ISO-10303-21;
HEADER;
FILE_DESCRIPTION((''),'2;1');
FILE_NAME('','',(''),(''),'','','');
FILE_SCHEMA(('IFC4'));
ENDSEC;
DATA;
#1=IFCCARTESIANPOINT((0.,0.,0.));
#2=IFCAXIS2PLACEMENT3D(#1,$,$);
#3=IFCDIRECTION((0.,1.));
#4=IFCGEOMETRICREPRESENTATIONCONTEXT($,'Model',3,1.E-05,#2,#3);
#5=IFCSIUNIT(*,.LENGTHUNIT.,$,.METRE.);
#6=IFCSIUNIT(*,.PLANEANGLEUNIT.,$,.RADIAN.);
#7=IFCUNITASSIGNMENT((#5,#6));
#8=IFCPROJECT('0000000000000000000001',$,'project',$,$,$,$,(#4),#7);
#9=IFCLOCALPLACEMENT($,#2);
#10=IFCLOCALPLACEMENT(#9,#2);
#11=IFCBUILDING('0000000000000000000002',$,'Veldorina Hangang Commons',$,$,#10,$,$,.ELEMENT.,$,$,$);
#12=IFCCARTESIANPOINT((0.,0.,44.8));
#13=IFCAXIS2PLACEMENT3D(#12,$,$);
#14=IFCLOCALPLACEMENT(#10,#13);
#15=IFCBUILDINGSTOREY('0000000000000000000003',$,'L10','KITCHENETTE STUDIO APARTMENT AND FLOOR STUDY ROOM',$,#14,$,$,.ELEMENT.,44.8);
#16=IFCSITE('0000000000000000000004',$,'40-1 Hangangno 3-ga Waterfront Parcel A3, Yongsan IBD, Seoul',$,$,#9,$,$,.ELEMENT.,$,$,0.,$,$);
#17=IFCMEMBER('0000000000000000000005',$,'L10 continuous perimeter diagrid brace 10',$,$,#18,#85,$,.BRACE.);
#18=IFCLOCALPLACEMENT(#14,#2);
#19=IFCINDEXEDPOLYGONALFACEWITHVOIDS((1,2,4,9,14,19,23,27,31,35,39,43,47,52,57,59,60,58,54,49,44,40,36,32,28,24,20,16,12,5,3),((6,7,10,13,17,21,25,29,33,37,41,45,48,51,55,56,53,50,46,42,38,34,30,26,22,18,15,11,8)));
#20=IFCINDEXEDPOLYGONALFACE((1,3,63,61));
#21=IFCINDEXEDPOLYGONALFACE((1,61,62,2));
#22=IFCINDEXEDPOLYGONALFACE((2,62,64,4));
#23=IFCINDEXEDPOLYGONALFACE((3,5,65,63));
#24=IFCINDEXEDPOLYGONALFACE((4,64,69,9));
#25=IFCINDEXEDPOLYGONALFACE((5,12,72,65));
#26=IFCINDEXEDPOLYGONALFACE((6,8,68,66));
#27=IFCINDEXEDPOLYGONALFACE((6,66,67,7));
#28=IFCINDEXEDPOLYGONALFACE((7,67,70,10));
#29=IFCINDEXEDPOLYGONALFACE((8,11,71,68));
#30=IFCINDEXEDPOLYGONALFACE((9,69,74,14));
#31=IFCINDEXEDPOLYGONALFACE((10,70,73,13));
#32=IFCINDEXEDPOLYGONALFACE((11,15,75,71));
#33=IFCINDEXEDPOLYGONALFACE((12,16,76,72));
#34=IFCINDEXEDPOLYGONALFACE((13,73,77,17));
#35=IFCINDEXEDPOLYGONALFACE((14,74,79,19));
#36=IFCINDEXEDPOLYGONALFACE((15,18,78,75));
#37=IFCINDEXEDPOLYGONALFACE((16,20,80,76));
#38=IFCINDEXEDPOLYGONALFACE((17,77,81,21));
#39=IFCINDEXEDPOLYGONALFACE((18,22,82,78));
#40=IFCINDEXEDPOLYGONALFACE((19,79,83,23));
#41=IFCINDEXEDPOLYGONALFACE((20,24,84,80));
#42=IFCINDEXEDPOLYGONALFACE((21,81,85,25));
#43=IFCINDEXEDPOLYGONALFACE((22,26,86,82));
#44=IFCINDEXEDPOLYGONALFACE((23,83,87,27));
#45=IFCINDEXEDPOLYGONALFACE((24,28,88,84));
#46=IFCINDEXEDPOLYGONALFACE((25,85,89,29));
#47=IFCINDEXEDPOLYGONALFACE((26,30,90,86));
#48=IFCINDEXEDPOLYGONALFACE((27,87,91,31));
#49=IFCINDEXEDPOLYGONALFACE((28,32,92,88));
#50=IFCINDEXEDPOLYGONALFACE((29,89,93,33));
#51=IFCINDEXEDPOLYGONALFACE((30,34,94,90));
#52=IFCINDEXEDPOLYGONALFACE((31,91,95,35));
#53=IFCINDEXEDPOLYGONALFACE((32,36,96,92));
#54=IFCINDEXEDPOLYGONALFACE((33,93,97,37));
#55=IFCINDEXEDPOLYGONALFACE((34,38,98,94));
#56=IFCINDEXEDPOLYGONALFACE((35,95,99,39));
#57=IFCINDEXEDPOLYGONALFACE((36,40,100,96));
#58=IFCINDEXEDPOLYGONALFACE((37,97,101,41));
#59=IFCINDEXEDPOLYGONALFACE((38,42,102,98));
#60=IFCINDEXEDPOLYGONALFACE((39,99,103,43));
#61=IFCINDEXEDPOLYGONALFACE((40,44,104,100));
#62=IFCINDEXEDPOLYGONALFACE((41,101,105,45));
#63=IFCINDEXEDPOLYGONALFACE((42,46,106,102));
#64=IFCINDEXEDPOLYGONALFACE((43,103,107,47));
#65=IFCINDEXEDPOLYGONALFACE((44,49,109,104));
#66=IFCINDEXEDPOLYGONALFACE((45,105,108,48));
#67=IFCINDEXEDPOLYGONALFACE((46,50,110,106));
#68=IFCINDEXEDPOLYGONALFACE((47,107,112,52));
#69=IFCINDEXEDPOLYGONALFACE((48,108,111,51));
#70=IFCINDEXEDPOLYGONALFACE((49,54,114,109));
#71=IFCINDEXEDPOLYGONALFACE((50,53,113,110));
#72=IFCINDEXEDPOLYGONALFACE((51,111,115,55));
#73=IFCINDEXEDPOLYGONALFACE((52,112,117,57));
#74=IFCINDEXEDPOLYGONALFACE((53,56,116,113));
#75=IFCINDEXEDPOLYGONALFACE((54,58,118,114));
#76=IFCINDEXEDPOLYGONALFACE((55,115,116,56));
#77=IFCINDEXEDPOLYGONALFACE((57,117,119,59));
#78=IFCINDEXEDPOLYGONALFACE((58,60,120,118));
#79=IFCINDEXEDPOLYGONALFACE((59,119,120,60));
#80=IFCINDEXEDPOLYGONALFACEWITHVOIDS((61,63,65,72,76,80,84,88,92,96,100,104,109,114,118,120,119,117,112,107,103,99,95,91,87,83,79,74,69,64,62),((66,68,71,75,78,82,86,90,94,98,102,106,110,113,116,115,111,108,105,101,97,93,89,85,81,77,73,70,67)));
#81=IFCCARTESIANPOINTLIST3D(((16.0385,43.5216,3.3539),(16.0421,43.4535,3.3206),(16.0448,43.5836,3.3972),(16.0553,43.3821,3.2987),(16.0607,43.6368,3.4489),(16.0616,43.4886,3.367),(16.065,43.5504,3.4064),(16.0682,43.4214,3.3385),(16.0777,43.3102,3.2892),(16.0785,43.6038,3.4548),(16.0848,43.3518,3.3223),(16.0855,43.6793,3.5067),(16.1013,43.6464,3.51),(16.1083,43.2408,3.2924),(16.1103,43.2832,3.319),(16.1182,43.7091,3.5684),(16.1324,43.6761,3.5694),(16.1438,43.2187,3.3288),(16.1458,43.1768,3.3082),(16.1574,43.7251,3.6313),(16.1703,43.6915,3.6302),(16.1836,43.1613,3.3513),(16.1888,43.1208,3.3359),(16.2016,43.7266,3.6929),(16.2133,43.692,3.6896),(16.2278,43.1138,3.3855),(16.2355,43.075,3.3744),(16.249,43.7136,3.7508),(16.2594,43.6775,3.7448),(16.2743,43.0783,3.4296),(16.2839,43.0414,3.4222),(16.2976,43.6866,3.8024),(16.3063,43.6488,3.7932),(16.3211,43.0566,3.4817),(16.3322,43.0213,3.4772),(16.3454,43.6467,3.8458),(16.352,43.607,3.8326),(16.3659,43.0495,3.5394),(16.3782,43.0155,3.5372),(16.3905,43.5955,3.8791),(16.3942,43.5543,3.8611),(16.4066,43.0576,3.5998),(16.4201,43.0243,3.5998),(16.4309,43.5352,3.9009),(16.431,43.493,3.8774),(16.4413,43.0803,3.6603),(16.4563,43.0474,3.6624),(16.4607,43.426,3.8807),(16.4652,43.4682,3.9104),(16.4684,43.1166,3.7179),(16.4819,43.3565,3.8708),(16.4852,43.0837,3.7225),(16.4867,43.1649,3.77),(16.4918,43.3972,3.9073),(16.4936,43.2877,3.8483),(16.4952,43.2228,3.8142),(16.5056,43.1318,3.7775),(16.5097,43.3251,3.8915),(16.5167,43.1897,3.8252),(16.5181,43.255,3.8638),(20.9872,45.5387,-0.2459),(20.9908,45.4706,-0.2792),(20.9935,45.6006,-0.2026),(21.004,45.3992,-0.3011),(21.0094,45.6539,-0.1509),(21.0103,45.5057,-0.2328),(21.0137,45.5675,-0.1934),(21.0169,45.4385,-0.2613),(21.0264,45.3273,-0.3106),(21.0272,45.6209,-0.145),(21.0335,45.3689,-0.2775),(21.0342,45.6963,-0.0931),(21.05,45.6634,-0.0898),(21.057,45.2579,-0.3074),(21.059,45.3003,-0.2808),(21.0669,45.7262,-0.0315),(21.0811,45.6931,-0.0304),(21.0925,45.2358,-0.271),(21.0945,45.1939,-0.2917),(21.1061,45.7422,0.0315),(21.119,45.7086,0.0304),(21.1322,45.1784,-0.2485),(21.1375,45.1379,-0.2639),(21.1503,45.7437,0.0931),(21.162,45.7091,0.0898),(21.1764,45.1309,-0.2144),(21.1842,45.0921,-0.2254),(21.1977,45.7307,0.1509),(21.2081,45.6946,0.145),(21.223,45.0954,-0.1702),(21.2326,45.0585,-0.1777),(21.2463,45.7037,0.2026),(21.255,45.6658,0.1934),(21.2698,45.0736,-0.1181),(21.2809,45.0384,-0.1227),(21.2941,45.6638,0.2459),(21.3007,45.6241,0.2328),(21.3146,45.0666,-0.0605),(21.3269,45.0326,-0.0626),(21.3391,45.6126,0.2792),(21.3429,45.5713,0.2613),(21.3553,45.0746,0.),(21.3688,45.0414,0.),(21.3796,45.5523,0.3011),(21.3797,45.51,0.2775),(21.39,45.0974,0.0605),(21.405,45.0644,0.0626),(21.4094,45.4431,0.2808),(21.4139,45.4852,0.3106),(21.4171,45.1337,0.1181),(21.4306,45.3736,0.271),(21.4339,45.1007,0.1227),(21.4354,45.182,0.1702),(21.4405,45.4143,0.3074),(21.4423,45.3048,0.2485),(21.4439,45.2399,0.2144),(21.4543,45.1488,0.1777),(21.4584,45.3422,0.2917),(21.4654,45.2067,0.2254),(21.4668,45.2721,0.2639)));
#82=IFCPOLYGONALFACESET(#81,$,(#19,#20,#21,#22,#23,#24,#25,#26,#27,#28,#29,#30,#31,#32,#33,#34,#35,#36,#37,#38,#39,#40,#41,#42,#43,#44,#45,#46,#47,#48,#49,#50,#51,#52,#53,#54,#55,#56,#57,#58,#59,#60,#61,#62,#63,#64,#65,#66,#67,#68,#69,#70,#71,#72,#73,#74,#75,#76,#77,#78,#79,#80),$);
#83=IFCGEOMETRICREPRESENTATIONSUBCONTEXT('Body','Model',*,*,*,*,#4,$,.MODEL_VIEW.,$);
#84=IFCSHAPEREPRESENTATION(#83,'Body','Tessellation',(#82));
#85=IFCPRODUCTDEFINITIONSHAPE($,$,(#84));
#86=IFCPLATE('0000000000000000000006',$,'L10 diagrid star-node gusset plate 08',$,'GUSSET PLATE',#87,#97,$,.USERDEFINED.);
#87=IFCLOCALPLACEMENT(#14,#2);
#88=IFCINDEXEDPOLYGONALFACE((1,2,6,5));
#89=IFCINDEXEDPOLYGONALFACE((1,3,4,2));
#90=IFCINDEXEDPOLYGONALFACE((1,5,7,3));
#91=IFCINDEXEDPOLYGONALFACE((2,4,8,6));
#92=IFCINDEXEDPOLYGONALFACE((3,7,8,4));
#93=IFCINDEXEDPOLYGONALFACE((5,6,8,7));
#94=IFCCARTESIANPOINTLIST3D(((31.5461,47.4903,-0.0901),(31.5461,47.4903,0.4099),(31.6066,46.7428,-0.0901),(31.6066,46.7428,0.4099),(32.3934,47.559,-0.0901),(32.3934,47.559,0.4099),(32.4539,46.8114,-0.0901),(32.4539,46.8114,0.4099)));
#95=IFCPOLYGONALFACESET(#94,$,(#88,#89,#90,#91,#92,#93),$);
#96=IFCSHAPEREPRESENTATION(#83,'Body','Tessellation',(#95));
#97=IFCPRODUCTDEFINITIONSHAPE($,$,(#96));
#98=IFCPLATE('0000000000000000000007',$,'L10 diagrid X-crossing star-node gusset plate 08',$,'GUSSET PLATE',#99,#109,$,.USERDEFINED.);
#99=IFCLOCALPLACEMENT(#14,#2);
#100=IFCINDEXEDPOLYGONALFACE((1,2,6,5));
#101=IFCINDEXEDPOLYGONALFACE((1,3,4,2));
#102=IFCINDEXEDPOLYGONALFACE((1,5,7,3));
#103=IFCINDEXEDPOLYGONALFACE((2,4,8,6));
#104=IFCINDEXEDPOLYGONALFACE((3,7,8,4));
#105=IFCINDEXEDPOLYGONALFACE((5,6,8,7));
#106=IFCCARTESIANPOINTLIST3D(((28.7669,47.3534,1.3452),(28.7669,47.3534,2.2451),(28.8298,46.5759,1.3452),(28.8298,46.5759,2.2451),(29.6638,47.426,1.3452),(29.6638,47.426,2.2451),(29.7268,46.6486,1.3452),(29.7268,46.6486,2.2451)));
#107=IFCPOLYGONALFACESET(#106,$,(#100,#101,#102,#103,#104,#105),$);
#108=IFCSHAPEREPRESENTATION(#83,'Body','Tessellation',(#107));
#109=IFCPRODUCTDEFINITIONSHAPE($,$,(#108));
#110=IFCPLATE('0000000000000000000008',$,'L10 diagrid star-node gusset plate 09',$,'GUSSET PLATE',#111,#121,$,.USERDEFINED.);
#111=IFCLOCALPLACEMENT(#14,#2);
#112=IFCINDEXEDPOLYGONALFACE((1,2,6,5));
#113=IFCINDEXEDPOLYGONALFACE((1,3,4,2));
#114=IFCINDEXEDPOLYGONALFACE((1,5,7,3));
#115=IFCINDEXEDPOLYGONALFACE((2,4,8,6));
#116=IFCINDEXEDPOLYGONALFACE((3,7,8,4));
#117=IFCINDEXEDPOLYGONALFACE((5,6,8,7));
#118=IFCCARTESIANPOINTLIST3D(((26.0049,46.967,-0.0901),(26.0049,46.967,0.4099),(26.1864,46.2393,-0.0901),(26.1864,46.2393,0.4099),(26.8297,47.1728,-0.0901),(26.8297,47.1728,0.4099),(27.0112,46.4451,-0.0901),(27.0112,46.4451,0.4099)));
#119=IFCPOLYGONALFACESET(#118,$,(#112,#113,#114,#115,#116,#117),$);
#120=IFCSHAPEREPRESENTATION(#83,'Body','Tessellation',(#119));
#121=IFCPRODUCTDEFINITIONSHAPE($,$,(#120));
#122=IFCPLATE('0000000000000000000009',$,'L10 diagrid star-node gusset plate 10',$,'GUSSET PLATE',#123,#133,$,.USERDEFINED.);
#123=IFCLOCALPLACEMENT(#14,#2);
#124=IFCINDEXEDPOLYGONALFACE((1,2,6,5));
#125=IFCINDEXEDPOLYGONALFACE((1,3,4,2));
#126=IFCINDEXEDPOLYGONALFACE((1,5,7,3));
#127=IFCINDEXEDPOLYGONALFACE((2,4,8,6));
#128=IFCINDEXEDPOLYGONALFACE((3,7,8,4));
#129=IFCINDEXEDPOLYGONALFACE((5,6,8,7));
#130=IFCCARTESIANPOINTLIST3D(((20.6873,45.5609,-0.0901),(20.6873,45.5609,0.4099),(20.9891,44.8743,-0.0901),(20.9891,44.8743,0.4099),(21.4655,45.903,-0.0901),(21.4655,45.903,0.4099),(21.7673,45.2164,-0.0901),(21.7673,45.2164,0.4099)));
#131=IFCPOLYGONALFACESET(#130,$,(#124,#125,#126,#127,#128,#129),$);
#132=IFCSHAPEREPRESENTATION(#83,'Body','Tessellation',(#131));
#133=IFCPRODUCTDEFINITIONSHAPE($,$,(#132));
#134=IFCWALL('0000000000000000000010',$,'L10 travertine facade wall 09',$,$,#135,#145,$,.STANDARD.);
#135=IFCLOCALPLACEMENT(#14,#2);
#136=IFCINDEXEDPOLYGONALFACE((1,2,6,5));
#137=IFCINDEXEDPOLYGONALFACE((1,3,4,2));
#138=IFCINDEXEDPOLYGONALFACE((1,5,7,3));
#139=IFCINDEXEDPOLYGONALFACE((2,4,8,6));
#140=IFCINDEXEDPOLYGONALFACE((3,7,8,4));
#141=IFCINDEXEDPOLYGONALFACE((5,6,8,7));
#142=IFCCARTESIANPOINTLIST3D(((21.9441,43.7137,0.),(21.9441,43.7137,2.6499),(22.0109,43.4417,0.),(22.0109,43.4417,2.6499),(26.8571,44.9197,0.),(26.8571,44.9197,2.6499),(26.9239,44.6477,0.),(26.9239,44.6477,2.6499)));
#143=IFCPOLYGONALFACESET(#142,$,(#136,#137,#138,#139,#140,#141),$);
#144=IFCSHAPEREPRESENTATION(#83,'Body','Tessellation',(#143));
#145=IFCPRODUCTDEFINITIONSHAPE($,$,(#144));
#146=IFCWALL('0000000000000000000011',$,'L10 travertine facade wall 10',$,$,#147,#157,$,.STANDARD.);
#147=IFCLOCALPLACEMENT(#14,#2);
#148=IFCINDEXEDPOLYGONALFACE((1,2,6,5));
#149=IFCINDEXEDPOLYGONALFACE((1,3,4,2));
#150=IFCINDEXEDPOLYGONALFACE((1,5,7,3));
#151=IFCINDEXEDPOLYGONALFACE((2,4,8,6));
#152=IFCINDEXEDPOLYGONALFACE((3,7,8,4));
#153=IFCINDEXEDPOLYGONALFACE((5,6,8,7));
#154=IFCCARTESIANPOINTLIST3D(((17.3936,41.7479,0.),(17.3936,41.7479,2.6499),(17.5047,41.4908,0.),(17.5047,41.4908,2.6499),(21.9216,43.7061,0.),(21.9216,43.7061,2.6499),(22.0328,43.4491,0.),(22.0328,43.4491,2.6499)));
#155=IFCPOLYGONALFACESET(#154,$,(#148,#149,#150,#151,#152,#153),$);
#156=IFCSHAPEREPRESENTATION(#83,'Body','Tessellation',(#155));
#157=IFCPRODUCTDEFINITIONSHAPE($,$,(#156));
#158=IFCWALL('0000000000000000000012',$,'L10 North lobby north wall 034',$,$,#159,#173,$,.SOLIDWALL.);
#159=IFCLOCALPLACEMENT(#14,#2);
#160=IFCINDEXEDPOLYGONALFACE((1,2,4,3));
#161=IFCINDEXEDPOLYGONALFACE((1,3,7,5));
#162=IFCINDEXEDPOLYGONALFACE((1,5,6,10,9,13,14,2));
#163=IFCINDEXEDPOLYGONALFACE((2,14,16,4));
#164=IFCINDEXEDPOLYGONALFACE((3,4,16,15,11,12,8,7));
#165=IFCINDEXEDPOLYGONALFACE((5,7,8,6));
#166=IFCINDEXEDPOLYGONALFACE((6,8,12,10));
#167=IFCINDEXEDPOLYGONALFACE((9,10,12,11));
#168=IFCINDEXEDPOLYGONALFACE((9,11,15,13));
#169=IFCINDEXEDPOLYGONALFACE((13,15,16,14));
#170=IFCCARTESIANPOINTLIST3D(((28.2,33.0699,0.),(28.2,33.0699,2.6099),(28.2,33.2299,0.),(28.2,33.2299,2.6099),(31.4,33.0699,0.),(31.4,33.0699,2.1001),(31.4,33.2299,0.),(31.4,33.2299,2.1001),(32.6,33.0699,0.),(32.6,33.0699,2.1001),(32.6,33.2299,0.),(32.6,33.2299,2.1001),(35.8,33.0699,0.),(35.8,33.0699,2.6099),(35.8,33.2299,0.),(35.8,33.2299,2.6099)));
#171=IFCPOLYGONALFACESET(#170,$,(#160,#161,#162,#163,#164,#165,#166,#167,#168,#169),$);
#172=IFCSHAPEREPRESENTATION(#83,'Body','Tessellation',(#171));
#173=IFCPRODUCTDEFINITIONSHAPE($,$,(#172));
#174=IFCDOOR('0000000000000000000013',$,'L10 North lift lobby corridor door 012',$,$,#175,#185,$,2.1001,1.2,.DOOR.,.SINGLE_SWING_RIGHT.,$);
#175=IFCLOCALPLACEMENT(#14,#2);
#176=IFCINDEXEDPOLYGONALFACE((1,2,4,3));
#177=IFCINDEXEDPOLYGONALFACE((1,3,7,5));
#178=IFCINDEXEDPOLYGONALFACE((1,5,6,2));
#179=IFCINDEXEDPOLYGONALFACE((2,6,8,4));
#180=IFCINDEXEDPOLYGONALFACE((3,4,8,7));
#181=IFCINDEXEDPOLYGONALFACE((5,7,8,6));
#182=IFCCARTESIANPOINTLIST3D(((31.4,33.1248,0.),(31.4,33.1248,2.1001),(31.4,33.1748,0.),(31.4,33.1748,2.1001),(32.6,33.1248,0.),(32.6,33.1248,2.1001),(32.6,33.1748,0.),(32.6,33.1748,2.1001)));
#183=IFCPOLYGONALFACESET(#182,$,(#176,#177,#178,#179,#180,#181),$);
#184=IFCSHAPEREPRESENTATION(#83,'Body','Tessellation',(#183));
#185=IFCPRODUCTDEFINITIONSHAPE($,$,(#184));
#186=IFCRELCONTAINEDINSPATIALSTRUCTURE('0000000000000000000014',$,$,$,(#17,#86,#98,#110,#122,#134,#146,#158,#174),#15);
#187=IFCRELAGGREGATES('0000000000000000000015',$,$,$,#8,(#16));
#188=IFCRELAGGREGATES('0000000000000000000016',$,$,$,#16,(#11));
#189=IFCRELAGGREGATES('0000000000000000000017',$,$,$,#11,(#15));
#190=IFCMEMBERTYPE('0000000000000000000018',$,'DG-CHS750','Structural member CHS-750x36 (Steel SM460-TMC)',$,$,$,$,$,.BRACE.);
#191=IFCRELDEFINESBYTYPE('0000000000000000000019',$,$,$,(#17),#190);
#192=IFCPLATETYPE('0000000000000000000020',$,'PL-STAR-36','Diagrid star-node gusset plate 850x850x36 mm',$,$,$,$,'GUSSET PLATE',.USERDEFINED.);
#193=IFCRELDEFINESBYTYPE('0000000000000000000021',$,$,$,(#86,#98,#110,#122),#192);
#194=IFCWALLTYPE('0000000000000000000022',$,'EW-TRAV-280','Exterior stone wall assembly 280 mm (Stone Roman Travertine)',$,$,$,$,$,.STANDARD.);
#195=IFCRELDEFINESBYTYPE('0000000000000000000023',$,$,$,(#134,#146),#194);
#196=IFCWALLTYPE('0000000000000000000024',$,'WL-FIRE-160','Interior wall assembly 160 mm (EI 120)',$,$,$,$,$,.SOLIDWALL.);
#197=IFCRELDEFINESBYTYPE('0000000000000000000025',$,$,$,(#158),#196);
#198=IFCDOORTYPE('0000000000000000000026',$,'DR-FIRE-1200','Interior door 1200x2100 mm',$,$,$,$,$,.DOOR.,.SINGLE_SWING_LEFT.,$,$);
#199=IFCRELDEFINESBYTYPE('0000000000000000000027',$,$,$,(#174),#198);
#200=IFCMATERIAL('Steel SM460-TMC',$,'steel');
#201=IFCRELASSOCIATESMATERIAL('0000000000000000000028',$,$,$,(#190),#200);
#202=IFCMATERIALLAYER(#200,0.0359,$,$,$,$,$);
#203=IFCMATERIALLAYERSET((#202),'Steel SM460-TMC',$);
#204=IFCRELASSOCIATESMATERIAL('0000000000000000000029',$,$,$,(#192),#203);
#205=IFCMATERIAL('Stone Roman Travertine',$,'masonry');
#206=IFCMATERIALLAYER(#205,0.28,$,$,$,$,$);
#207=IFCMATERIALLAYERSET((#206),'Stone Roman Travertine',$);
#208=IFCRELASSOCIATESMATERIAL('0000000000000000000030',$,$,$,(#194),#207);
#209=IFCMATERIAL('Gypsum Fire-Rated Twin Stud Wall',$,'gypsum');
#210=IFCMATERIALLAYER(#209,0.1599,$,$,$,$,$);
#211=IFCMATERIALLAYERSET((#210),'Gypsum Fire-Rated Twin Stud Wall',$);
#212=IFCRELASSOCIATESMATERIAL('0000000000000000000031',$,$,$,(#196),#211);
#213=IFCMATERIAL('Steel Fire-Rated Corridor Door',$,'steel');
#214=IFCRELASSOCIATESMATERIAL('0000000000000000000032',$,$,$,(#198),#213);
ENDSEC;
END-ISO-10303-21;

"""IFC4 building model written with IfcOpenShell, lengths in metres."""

from ifc_helpers import new_model, si_unit, direction, frame, frame_2d, origin, origin_2d, place, context, subcontext, project, spatial, rectangle, hollow_circle, extrude, material, layer, layer_set, material_profile, profile_set, type_object, element, fill, save


model = new_model("IFC4")

# Units and contexts
model_context = context("Model", 3, precision=1e-05, world=origin(), true_north=direction((0.0, 1.0)))
body_context = subcontext(model_context, "Body", "Model", "MODEL_VIEW")
ifc_project = project(units=[si_unit("LENGTHUNIT", "METRE"), si_unit("PLANEANGLEUNIT", "RADIAN")], contexts=[model_context])

# Site, building, storey
site_placement = place(None, origin())
site = spatial("IfcSite", under=ifc_project, at=site_placement, Name="40-1 Hangangno 3-ga Waterfront Parcel A3, Yongsan IBD, Seoul", CompositionType="ELEMENT", RefElevation=0.0)
building_placement = place(site_placement, origin())
building = spatial("IfcBuilding", under=site, at=building_placement, Name="Veldorina Hangang Commons", CompositionType="ELEMENT")
storey_placement = place(building_placement, frame((0.0, 0.0, 44.8)))
storey = spatial("IfcBuildingStorey", under=building, at=storey_placement, Name="L10", Description="KITCHENETTE STUDIO APARTMENT AND FLOOR STUDY ROOM", CompositionType="ELEMENT", Elevation=44.8)

# Shared definitions
ifc_material_1 = material(Name="Steel SM460-TMC", Category="steel")

# Member
ifc_material_profile_1 = material_profile(ifc_material_1, hollow_circle(Radius=0.375, WallThickness=0.0359, at=origin_2d()), Name="CHS-750x36")
ifc_profile_set_1 = profile_set([ifc_material_profile_1], Name="Steel SM460-TMC")
member_type = type_object("IfcMemberType", Name="DG-CHS750", Description="Structural member CHS-750x36 (Steel SM460-TMC)", PredefinedType="BRACE", material=ifc_profile_set_1)
member_1_placement = place(storey_placement, frame((21.2273, 45.3887, 0.0), z_axis=(-0.76803, -0.313047, 0.558688), x_axis=(0.377448, -0.926031, 0.0)))
element("IfcMember", 1, at=member_1_placement, inside=storey, type_object=member_type, Name="L10 continuous perimeter diagrid brace 10", PredefinedType="BRACE", context=body_context, shape_type="SweptSolid", body=[
    extrude(hollow_circle(Radius=0.375, WallThickness=0.0359, at=origin_2d()), origin(), (0.0, 0.0, 1.0), 6.4434),
])

# Plates
ifc_layer_1 = layer(ifc_material_1, 0.0359)
ifc_layer_set_1 = layer_set([ifc_layer_1], Name="Steel SM460-TMC")
plate_type = type_object("IfcPlateType", Name="PL-STAR-36", Description="Diagrid star-node gusset plate 850x850x36 mm", ElementType="GUSSET PLATE", PredefinedType="USERDEFINED", material=ifc_layer_set_1)
plate_1_placement = place(storey_placement, frame((32.0, 47.1509, -0.0901), z_axis=(0.0, 0.0, 1.0), x_axis=(-0.996737, -0.080721, 0.0)))
element("IfcPlate", 2, at=plate_1_placement, inside=storey, type_object=plate_type, Name="L10 diagrid star-node gusset plate 08", ObjectType="GUSSET PLATE", PredefinedType="USERDEFINED", context=body_context, shape_type="SweptSolid", body=[
    extrude(rectangle(XDim=0.8501, YDim=0.75, at=origin_2d()), origin(), (0.0, 0.0, 1.0), 0.5),
])
plate_2_placement = place(storey_placement, frame((29.2468, 47.001, 1.3452), z_axis=(0.0, 0.0, 1.0), x_axis=(-0.996737, -0.080721, 0.0)))
element("IfcPlate", 3, at=plate_2_placement, inside=storey, type_object=plate_type, Name="L10 diagrid X-crossing star-node gusset plate 08", ObjectType="GUSSET PLATE", PredefinedType="USERDEFINED", context=body_context, shape_type="SweptSolid", body=[
    extrude(rectangle(XDim=0.8999, YDim=0.78, at=origin_2d()), origin(), (0.0, 0.0, 1.0), 0.8999),
])
for number, where, z_axis, x_axis, name in (
    (4, (26.5081, 46.7061, -0.0901), (0.0, 0.0, 1.0), (-0.970266, -0.24204, 0.0), "L10 diagrid star-node gusset plate 09"),
    (5, (21.2273, 45.3887, -0.0901), (0.0, 0.0, 1.0), (-0.915459, -0.402411, 0.0), "L10 diagrid star-node gusset plate 10"),
):
    element("IfcPlate", number, at=place(storey_placement, frame(where, z_axis=z_axis, x_axis=x_axis)), inside=storey, type_object=plate_type, Name=name, ObjectType="GUSSET PLATE", PredefinedType="USERDEFINED", context=body_context, shape_type="SweptSolid", body=[
        extrude(rectangle(XDim=0.8501, YDim=0.75, at=origin_2d()), origin(), (0.0, 0.0, 1.0), 0.5),
    ])

# Walls
ifc_material_2 = material(Name="Stone Roman Travertine", Category="masonry")
ifc_layer_2 = layer(ifc_material_2, 0.28)
ifc_layer_set_2 = layer_set([ifc_layer_2], Name="Stone Roman Travertine")
wall_type_1 = type_object("IfcWallType", Name="EW-TRAV-280", Description="Exterior stone wall assembly 280 mm (Stone Roman Travertine)", PredefinedType="STANDARD", material=ifc_layer_set_2)
wall_1_placement = place(storey_placement, frame((26.8904, 44.7837, 0.0), z_axis=(0.0, 0.0, 1.0), x_axis=(-0.971167, -0.2384, 0.0)))
element("IfcWall", 6, at=wall_1_placement, inside=storey, type_object=wall_type_1, Name="L10 travertine facade wall 09", PredefinedType="STANDARD", context=body_context, shape_type="SweptSolid", body=[
    extrude(rectangle(XDim=5.0588, YDim=0.28, at=frame_2d((2.5293, 0.0))), origin(), (0.0, 0.0, 1.0), 2.6499),
])
wall_2_placement = place(storey_placement, frame((21.9773, 43.5776, 0.0), z_axis=(0.0, 0.0, 1.0), x_axis=(-0.917845, -0.396939, 0.0)))
element("IfcWall", 7, at=wall_2_placement, inside=storey, type_object=wall_type_1, Name="L10 travertine facade wall 10", PredefinedType="STANDARD", context=body_context, shape_type="SweptSolid", body=[
    extrude(rectangle(XDim=4.9333, YDim=0.28, at=frame_2d((2.4668, 0.0))), origin(), (0.0, 0.0, 1.0), 2.6499),
])

# Wall, opening, door
ifc_material_3 = material(Name="Gypsum Fire-Rated Twin Stud Wall", Category="gypsum")
ifc_layer_3 = layer(ifc_material_3, 0.1599)
ifc_layer_set_3 = layer_set([ifc_layer_3], Name="Gypsum Fire-Rated Twin Stud Wall")
wall_type_2 = type_object("IfcWallType", Name="WL-FIRE-160", Description="Interior wall assembly 160 mm (EI 120)", PredefinedType="SOLIDWALL", material=ifc_layer_set_3)
wall_3_placement = place(storey_placement, frame((28.2, 33.1499, 0.0), z_axis=(0.0, 0.0, 1.0), x_axis=(1.0, 0.0, 0.0)))
wall_3 = element("IfcWall", 8, at=wall_3_placement, inside=storey, type_object=wall_type_2, Name="L10 North lobby north wall 034", PredefinedType="SOLIDWALL", context=body_context, shape_type="SweptSolid", body=[
    extrude(rectangle(XDim=7.6001, YDim=0.1599, at=frame_2d((3.8, 0.0))), origin(), (0.0, 0.0, 1.0), 2.6099),
])
opening_1_placement = place(wall_3_placement, frame((3.2, 0.0, 0.0)))
opening_1 = element("IfcOpeningElement", 9, at=opening_1_placement, cuts=wall_3, PredefinedType="OPENING", context=body_context, shape_type="SweptSolid", body=[
    extrude(rectangle(XDim=1.2, YDim=2.1001, at=frame_2d((0.6001, 1.05))), frame((0.0, 0.0898, 0.0), z_axis=(0.0, -1.0, 0.0), x_axis=(1.0, 0.0, 0.0)), (0.0, 0.0, 1.0), 0.1799),
])
ifc_material_4 = material(Name="Steel Fire-Rated Corridor Door", Category="steel")
door_type_1 = type_object("IfcDoorType", Name="DR-FIRE-1200", Description="Interior door 1200x2100 mm", OperationType="SINGLE_SWING_LEFT", PredefinedType="DOOR", material=ifc_material_4)
door_1_placement = place(opening_1_placement, origin())
door_1 = element("IfcDoor", 10, at=door_1_placement, inside=storey, type_object=door_type_1, Name="L10 North lift lobby corridor door 012", OperationType="SINGLE_SWING_RIGHT", OverallHeight=2.1001, OverallWidth=1.2, PredefinedType="DOOR", context=body_context, shape_type="SweptSolid", body=[
    extrude(rectangle(XDim=1.2, YDim=2.1001, at=frame_2d((0.6001, 1.05))), frame((0.0, 0.0249, 0.0), z_axis=(0.0, -1.0, 0.0), x_axis=(1.0, 0.0, 0.0)), (0.0, 0.0, 1.0), 0.05),
])
fill(opening_1, door_1)

save(model, "model.ifc")
